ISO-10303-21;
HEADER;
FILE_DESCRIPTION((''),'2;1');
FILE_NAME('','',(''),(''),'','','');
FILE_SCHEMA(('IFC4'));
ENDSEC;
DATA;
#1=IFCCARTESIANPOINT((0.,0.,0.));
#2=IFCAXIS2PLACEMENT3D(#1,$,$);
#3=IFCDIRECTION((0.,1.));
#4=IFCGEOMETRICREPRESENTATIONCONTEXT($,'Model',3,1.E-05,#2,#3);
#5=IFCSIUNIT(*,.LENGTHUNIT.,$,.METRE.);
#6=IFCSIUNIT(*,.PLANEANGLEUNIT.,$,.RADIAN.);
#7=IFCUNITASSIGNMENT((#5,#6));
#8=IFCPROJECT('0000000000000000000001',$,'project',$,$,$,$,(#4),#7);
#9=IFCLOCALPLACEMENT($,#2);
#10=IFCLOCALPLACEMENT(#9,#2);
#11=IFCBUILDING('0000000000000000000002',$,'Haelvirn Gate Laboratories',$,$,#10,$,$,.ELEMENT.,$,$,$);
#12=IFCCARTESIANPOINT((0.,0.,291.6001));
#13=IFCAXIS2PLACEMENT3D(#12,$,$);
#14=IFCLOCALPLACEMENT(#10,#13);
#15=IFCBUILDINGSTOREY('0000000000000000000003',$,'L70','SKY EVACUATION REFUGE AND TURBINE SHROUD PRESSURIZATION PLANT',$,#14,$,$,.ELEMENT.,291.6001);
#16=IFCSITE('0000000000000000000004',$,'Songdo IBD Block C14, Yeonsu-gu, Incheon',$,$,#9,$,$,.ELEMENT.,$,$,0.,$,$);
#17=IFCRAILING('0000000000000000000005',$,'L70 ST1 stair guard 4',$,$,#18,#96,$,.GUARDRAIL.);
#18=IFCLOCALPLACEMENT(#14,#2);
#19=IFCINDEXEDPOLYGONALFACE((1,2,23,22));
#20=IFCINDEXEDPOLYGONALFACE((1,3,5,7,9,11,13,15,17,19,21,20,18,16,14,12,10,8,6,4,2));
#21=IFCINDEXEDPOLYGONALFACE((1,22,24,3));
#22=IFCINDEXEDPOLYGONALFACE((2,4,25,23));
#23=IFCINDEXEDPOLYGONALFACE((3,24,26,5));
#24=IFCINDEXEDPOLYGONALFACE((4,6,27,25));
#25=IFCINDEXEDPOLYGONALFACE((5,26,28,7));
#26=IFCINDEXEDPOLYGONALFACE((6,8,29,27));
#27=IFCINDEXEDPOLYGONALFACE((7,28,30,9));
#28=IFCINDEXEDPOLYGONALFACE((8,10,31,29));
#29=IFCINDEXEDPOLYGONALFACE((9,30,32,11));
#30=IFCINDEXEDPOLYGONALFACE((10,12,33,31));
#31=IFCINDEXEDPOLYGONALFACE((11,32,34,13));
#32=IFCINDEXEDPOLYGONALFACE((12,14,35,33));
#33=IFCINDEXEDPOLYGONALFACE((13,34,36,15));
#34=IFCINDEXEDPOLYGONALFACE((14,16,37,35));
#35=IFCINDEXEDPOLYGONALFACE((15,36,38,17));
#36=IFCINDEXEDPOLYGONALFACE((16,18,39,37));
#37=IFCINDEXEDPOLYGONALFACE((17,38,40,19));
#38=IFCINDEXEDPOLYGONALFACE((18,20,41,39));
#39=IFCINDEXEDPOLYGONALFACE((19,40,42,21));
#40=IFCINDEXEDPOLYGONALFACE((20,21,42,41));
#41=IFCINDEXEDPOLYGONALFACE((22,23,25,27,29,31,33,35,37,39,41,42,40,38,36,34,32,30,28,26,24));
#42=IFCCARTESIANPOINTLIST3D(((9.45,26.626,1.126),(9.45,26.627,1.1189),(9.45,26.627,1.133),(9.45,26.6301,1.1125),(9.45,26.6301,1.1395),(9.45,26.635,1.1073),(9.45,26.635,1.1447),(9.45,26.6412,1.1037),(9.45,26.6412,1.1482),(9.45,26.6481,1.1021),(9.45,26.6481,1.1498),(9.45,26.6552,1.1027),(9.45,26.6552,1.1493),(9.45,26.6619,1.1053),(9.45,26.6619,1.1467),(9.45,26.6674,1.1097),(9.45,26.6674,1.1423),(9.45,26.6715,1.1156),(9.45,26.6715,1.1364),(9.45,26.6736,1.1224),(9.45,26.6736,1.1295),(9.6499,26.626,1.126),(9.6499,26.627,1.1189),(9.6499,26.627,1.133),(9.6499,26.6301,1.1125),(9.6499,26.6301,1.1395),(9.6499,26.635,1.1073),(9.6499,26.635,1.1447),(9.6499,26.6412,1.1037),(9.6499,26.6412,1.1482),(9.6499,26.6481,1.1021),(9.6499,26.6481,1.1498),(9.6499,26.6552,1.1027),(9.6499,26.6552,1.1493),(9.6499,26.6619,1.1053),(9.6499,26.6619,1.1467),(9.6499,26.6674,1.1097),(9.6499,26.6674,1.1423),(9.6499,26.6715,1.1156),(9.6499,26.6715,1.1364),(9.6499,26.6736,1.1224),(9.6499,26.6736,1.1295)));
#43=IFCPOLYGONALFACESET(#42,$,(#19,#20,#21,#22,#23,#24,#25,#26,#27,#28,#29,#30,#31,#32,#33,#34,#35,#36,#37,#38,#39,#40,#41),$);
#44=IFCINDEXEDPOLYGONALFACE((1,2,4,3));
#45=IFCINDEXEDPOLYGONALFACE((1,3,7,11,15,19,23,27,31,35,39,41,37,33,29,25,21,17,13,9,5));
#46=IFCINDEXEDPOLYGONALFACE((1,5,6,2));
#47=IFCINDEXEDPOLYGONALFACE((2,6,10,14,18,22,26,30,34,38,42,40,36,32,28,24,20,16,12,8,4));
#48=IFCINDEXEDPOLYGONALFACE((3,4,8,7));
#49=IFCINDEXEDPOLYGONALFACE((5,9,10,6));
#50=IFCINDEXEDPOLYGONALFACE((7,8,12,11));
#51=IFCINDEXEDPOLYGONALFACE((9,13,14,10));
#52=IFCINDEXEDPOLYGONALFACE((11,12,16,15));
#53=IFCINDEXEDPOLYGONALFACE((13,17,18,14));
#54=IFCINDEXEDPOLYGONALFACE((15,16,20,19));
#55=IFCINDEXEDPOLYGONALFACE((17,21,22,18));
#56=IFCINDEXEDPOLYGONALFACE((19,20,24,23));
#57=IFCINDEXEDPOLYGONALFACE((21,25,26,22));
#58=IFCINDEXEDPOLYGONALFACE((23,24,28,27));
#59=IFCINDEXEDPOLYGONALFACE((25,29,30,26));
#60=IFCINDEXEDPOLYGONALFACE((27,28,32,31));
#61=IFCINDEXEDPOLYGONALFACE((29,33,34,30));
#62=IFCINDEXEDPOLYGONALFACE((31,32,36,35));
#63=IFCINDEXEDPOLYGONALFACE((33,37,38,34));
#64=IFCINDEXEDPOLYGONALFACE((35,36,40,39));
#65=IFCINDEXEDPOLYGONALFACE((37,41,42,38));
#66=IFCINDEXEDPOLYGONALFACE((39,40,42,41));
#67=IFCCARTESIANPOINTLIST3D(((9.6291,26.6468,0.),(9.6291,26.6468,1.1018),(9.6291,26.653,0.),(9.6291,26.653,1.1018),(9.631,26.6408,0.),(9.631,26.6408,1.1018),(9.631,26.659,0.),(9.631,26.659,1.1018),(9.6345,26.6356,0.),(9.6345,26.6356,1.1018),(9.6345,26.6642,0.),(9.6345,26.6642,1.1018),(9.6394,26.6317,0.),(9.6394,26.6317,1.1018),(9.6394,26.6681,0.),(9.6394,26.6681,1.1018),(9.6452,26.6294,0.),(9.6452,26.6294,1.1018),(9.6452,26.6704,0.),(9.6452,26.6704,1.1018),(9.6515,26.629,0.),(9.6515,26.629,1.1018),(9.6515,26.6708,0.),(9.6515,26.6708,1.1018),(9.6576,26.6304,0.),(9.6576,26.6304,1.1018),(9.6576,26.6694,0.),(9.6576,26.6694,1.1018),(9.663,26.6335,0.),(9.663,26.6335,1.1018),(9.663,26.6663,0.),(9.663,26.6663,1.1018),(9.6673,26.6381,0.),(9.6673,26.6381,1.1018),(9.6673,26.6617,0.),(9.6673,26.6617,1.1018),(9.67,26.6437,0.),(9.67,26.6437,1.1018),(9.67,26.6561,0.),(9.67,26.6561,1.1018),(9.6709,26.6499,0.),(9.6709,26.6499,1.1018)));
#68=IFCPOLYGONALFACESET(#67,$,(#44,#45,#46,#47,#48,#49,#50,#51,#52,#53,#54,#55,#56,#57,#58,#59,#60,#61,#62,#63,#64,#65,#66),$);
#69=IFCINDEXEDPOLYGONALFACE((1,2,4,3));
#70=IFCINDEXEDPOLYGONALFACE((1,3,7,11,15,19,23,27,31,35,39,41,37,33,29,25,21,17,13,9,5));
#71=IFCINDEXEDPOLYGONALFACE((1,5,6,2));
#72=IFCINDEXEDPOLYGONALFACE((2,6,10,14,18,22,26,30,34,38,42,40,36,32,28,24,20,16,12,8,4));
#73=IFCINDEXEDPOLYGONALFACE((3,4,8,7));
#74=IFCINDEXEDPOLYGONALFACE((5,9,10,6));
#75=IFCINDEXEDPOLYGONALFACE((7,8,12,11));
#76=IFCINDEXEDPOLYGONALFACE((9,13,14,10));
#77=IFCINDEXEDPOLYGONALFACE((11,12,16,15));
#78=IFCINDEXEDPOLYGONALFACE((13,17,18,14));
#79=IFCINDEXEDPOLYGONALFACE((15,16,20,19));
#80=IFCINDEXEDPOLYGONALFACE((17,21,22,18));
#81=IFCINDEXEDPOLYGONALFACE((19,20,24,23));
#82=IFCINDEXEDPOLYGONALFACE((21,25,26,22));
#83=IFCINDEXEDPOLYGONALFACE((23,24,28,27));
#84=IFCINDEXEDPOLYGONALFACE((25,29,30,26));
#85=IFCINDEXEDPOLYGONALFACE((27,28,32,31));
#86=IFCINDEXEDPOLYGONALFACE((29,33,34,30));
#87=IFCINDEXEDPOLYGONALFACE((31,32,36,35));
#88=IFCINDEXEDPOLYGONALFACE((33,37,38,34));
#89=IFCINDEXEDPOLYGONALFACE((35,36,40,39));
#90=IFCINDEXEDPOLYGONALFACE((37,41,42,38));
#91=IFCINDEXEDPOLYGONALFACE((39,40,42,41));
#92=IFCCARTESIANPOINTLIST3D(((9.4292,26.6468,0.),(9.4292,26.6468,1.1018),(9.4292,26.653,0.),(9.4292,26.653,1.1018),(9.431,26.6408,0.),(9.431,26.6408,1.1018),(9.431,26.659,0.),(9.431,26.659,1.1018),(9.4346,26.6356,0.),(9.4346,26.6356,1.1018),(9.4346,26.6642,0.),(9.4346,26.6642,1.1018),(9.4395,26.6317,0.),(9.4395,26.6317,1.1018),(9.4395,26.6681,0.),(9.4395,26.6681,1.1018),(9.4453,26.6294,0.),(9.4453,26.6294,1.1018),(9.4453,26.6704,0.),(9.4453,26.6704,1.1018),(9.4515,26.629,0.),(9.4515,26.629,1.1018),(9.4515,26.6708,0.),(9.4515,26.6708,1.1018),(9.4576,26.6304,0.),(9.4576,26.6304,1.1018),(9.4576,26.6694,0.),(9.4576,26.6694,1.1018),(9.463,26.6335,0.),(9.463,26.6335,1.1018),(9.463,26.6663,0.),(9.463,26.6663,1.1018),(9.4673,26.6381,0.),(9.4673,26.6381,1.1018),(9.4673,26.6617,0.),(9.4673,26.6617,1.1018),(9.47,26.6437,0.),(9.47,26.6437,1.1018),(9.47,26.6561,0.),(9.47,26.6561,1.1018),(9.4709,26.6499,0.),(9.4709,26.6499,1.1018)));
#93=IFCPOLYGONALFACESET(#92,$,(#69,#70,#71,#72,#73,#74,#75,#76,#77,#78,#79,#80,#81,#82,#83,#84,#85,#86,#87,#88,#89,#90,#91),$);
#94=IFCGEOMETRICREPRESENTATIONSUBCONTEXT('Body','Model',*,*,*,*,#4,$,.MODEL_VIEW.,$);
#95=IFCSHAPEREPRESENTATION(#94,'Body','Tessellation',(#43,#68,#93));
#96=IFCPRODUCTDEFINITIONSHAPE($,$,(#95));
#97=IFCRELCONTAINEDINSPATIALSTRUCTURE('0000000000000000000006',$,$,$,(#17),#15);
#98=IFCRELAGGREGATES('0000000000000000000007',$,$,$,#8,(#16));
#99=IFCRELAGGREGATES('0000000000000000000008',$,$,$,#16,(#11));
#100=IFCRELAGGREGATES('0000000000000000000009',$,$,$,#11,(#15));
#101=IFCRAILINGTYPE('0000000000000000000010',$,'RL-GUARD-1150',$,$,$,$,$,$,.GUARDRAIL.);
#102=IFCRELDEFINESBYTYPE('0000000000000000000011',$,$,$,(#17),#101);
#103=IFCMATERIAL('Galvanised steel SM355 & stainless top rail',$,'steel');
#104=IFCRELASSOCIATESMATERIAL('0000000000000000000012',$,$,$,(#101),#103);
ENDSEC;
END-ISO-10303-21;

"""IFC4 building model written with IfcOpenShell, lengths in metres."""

from ifc_helpers import new_model, si_unit, direction, frame, origin, origin_2d, place, context, subcontext, project, spatial, circle, extrude, source, transform, mapped, material, type_object, element, save


model = new_model("IFC4")

# Units and contexts
model_context = context("Model", 3, precision=1e-05, world=origin(), true_north=direction((0.0, 1.0)))
body_context = subcontext(model_context, "Body", "Model", "MODEL_VIEW")
ifc_project = project(units=[si_unit("LENGTHUNIT", "METRE"), si_unit("PLANEANGLEUNIT", "RADIAN")], contexts=[model_context])

# Site, building, storey
site_placement = place(None, origin())
site = spatial("IfcSite", under=ifc_project, at=site_placement, Name="Songdo IBD Block C14, Yeonsu-gu, Incheon", CompositionType="ELEMENT", RefElevation=0.0)
building_placement = place(site_placement, origin())
building = spatial("IfcBuilding", under=site, at=building_placement, Name="Haelvirn Gate Laboratories", CompositionType="ELEMENT")
storey_placement = place(building_placement, frame((0.0, 0.0, 291.6001)))
storey = spatial("IfcBuildingStorey", under=building, at=storey_placement, Name="L70", Description="SKY EVACUATION REFUGE AND TURBINE SHROUD PRESSURIZATION PLANT", CompositionType="ELEMENT", Elevation=291.6001)

# Railing
ifc_material_1 = material(Name="Galvanised steel SM355 & stainless top rail", Category="steel")
railing_type_1 = type_object("IfcRailingType", Name="RL-GUARD-1150", PredefinedType="GUARDRAIL", material=ifc_material_1)
shared_shape_1 = source(origin(), body_context, "Body", "SweptSolid", [
    extrude(circle(Radius=0.0239, at=origin_2d()), frame((0.0, 0.0, 1.126), z_axis=(-1.0, 0.0, 0.0), x_axis=(0.0, -1.0, 0.0)), (0.0, 0.0, 1.0), 0.2),
    extrude(circle(Radius=0.021, at=origin_2d()), origin(), (0.0, 0.0, 1.0), 1.1018),
    extrude(circle(Radius=0.021, at=origin_2d()), frame((-0.2, 0.0, 0.0)), (0.0, 0.0, 1.0), 1.1018),
])
for number, where, name in (
    (1, (9.6499, 26.6499, 0.0), "L70 ST1 stair guard 4"),
):
    element("IfcRailing", number, at=place(storey_placement, frame(where)), inside=storey, type_object=railing_type_1, Name=name, PredefinedType="GUARDRAIL", context=body_context, shape_type="MappedRepresentation", body=[
        mapped(shared_shape_1, transform((0.0, 0.0, 0.0), scale=1.0)),
    ])

save(model, "model.ifc")
